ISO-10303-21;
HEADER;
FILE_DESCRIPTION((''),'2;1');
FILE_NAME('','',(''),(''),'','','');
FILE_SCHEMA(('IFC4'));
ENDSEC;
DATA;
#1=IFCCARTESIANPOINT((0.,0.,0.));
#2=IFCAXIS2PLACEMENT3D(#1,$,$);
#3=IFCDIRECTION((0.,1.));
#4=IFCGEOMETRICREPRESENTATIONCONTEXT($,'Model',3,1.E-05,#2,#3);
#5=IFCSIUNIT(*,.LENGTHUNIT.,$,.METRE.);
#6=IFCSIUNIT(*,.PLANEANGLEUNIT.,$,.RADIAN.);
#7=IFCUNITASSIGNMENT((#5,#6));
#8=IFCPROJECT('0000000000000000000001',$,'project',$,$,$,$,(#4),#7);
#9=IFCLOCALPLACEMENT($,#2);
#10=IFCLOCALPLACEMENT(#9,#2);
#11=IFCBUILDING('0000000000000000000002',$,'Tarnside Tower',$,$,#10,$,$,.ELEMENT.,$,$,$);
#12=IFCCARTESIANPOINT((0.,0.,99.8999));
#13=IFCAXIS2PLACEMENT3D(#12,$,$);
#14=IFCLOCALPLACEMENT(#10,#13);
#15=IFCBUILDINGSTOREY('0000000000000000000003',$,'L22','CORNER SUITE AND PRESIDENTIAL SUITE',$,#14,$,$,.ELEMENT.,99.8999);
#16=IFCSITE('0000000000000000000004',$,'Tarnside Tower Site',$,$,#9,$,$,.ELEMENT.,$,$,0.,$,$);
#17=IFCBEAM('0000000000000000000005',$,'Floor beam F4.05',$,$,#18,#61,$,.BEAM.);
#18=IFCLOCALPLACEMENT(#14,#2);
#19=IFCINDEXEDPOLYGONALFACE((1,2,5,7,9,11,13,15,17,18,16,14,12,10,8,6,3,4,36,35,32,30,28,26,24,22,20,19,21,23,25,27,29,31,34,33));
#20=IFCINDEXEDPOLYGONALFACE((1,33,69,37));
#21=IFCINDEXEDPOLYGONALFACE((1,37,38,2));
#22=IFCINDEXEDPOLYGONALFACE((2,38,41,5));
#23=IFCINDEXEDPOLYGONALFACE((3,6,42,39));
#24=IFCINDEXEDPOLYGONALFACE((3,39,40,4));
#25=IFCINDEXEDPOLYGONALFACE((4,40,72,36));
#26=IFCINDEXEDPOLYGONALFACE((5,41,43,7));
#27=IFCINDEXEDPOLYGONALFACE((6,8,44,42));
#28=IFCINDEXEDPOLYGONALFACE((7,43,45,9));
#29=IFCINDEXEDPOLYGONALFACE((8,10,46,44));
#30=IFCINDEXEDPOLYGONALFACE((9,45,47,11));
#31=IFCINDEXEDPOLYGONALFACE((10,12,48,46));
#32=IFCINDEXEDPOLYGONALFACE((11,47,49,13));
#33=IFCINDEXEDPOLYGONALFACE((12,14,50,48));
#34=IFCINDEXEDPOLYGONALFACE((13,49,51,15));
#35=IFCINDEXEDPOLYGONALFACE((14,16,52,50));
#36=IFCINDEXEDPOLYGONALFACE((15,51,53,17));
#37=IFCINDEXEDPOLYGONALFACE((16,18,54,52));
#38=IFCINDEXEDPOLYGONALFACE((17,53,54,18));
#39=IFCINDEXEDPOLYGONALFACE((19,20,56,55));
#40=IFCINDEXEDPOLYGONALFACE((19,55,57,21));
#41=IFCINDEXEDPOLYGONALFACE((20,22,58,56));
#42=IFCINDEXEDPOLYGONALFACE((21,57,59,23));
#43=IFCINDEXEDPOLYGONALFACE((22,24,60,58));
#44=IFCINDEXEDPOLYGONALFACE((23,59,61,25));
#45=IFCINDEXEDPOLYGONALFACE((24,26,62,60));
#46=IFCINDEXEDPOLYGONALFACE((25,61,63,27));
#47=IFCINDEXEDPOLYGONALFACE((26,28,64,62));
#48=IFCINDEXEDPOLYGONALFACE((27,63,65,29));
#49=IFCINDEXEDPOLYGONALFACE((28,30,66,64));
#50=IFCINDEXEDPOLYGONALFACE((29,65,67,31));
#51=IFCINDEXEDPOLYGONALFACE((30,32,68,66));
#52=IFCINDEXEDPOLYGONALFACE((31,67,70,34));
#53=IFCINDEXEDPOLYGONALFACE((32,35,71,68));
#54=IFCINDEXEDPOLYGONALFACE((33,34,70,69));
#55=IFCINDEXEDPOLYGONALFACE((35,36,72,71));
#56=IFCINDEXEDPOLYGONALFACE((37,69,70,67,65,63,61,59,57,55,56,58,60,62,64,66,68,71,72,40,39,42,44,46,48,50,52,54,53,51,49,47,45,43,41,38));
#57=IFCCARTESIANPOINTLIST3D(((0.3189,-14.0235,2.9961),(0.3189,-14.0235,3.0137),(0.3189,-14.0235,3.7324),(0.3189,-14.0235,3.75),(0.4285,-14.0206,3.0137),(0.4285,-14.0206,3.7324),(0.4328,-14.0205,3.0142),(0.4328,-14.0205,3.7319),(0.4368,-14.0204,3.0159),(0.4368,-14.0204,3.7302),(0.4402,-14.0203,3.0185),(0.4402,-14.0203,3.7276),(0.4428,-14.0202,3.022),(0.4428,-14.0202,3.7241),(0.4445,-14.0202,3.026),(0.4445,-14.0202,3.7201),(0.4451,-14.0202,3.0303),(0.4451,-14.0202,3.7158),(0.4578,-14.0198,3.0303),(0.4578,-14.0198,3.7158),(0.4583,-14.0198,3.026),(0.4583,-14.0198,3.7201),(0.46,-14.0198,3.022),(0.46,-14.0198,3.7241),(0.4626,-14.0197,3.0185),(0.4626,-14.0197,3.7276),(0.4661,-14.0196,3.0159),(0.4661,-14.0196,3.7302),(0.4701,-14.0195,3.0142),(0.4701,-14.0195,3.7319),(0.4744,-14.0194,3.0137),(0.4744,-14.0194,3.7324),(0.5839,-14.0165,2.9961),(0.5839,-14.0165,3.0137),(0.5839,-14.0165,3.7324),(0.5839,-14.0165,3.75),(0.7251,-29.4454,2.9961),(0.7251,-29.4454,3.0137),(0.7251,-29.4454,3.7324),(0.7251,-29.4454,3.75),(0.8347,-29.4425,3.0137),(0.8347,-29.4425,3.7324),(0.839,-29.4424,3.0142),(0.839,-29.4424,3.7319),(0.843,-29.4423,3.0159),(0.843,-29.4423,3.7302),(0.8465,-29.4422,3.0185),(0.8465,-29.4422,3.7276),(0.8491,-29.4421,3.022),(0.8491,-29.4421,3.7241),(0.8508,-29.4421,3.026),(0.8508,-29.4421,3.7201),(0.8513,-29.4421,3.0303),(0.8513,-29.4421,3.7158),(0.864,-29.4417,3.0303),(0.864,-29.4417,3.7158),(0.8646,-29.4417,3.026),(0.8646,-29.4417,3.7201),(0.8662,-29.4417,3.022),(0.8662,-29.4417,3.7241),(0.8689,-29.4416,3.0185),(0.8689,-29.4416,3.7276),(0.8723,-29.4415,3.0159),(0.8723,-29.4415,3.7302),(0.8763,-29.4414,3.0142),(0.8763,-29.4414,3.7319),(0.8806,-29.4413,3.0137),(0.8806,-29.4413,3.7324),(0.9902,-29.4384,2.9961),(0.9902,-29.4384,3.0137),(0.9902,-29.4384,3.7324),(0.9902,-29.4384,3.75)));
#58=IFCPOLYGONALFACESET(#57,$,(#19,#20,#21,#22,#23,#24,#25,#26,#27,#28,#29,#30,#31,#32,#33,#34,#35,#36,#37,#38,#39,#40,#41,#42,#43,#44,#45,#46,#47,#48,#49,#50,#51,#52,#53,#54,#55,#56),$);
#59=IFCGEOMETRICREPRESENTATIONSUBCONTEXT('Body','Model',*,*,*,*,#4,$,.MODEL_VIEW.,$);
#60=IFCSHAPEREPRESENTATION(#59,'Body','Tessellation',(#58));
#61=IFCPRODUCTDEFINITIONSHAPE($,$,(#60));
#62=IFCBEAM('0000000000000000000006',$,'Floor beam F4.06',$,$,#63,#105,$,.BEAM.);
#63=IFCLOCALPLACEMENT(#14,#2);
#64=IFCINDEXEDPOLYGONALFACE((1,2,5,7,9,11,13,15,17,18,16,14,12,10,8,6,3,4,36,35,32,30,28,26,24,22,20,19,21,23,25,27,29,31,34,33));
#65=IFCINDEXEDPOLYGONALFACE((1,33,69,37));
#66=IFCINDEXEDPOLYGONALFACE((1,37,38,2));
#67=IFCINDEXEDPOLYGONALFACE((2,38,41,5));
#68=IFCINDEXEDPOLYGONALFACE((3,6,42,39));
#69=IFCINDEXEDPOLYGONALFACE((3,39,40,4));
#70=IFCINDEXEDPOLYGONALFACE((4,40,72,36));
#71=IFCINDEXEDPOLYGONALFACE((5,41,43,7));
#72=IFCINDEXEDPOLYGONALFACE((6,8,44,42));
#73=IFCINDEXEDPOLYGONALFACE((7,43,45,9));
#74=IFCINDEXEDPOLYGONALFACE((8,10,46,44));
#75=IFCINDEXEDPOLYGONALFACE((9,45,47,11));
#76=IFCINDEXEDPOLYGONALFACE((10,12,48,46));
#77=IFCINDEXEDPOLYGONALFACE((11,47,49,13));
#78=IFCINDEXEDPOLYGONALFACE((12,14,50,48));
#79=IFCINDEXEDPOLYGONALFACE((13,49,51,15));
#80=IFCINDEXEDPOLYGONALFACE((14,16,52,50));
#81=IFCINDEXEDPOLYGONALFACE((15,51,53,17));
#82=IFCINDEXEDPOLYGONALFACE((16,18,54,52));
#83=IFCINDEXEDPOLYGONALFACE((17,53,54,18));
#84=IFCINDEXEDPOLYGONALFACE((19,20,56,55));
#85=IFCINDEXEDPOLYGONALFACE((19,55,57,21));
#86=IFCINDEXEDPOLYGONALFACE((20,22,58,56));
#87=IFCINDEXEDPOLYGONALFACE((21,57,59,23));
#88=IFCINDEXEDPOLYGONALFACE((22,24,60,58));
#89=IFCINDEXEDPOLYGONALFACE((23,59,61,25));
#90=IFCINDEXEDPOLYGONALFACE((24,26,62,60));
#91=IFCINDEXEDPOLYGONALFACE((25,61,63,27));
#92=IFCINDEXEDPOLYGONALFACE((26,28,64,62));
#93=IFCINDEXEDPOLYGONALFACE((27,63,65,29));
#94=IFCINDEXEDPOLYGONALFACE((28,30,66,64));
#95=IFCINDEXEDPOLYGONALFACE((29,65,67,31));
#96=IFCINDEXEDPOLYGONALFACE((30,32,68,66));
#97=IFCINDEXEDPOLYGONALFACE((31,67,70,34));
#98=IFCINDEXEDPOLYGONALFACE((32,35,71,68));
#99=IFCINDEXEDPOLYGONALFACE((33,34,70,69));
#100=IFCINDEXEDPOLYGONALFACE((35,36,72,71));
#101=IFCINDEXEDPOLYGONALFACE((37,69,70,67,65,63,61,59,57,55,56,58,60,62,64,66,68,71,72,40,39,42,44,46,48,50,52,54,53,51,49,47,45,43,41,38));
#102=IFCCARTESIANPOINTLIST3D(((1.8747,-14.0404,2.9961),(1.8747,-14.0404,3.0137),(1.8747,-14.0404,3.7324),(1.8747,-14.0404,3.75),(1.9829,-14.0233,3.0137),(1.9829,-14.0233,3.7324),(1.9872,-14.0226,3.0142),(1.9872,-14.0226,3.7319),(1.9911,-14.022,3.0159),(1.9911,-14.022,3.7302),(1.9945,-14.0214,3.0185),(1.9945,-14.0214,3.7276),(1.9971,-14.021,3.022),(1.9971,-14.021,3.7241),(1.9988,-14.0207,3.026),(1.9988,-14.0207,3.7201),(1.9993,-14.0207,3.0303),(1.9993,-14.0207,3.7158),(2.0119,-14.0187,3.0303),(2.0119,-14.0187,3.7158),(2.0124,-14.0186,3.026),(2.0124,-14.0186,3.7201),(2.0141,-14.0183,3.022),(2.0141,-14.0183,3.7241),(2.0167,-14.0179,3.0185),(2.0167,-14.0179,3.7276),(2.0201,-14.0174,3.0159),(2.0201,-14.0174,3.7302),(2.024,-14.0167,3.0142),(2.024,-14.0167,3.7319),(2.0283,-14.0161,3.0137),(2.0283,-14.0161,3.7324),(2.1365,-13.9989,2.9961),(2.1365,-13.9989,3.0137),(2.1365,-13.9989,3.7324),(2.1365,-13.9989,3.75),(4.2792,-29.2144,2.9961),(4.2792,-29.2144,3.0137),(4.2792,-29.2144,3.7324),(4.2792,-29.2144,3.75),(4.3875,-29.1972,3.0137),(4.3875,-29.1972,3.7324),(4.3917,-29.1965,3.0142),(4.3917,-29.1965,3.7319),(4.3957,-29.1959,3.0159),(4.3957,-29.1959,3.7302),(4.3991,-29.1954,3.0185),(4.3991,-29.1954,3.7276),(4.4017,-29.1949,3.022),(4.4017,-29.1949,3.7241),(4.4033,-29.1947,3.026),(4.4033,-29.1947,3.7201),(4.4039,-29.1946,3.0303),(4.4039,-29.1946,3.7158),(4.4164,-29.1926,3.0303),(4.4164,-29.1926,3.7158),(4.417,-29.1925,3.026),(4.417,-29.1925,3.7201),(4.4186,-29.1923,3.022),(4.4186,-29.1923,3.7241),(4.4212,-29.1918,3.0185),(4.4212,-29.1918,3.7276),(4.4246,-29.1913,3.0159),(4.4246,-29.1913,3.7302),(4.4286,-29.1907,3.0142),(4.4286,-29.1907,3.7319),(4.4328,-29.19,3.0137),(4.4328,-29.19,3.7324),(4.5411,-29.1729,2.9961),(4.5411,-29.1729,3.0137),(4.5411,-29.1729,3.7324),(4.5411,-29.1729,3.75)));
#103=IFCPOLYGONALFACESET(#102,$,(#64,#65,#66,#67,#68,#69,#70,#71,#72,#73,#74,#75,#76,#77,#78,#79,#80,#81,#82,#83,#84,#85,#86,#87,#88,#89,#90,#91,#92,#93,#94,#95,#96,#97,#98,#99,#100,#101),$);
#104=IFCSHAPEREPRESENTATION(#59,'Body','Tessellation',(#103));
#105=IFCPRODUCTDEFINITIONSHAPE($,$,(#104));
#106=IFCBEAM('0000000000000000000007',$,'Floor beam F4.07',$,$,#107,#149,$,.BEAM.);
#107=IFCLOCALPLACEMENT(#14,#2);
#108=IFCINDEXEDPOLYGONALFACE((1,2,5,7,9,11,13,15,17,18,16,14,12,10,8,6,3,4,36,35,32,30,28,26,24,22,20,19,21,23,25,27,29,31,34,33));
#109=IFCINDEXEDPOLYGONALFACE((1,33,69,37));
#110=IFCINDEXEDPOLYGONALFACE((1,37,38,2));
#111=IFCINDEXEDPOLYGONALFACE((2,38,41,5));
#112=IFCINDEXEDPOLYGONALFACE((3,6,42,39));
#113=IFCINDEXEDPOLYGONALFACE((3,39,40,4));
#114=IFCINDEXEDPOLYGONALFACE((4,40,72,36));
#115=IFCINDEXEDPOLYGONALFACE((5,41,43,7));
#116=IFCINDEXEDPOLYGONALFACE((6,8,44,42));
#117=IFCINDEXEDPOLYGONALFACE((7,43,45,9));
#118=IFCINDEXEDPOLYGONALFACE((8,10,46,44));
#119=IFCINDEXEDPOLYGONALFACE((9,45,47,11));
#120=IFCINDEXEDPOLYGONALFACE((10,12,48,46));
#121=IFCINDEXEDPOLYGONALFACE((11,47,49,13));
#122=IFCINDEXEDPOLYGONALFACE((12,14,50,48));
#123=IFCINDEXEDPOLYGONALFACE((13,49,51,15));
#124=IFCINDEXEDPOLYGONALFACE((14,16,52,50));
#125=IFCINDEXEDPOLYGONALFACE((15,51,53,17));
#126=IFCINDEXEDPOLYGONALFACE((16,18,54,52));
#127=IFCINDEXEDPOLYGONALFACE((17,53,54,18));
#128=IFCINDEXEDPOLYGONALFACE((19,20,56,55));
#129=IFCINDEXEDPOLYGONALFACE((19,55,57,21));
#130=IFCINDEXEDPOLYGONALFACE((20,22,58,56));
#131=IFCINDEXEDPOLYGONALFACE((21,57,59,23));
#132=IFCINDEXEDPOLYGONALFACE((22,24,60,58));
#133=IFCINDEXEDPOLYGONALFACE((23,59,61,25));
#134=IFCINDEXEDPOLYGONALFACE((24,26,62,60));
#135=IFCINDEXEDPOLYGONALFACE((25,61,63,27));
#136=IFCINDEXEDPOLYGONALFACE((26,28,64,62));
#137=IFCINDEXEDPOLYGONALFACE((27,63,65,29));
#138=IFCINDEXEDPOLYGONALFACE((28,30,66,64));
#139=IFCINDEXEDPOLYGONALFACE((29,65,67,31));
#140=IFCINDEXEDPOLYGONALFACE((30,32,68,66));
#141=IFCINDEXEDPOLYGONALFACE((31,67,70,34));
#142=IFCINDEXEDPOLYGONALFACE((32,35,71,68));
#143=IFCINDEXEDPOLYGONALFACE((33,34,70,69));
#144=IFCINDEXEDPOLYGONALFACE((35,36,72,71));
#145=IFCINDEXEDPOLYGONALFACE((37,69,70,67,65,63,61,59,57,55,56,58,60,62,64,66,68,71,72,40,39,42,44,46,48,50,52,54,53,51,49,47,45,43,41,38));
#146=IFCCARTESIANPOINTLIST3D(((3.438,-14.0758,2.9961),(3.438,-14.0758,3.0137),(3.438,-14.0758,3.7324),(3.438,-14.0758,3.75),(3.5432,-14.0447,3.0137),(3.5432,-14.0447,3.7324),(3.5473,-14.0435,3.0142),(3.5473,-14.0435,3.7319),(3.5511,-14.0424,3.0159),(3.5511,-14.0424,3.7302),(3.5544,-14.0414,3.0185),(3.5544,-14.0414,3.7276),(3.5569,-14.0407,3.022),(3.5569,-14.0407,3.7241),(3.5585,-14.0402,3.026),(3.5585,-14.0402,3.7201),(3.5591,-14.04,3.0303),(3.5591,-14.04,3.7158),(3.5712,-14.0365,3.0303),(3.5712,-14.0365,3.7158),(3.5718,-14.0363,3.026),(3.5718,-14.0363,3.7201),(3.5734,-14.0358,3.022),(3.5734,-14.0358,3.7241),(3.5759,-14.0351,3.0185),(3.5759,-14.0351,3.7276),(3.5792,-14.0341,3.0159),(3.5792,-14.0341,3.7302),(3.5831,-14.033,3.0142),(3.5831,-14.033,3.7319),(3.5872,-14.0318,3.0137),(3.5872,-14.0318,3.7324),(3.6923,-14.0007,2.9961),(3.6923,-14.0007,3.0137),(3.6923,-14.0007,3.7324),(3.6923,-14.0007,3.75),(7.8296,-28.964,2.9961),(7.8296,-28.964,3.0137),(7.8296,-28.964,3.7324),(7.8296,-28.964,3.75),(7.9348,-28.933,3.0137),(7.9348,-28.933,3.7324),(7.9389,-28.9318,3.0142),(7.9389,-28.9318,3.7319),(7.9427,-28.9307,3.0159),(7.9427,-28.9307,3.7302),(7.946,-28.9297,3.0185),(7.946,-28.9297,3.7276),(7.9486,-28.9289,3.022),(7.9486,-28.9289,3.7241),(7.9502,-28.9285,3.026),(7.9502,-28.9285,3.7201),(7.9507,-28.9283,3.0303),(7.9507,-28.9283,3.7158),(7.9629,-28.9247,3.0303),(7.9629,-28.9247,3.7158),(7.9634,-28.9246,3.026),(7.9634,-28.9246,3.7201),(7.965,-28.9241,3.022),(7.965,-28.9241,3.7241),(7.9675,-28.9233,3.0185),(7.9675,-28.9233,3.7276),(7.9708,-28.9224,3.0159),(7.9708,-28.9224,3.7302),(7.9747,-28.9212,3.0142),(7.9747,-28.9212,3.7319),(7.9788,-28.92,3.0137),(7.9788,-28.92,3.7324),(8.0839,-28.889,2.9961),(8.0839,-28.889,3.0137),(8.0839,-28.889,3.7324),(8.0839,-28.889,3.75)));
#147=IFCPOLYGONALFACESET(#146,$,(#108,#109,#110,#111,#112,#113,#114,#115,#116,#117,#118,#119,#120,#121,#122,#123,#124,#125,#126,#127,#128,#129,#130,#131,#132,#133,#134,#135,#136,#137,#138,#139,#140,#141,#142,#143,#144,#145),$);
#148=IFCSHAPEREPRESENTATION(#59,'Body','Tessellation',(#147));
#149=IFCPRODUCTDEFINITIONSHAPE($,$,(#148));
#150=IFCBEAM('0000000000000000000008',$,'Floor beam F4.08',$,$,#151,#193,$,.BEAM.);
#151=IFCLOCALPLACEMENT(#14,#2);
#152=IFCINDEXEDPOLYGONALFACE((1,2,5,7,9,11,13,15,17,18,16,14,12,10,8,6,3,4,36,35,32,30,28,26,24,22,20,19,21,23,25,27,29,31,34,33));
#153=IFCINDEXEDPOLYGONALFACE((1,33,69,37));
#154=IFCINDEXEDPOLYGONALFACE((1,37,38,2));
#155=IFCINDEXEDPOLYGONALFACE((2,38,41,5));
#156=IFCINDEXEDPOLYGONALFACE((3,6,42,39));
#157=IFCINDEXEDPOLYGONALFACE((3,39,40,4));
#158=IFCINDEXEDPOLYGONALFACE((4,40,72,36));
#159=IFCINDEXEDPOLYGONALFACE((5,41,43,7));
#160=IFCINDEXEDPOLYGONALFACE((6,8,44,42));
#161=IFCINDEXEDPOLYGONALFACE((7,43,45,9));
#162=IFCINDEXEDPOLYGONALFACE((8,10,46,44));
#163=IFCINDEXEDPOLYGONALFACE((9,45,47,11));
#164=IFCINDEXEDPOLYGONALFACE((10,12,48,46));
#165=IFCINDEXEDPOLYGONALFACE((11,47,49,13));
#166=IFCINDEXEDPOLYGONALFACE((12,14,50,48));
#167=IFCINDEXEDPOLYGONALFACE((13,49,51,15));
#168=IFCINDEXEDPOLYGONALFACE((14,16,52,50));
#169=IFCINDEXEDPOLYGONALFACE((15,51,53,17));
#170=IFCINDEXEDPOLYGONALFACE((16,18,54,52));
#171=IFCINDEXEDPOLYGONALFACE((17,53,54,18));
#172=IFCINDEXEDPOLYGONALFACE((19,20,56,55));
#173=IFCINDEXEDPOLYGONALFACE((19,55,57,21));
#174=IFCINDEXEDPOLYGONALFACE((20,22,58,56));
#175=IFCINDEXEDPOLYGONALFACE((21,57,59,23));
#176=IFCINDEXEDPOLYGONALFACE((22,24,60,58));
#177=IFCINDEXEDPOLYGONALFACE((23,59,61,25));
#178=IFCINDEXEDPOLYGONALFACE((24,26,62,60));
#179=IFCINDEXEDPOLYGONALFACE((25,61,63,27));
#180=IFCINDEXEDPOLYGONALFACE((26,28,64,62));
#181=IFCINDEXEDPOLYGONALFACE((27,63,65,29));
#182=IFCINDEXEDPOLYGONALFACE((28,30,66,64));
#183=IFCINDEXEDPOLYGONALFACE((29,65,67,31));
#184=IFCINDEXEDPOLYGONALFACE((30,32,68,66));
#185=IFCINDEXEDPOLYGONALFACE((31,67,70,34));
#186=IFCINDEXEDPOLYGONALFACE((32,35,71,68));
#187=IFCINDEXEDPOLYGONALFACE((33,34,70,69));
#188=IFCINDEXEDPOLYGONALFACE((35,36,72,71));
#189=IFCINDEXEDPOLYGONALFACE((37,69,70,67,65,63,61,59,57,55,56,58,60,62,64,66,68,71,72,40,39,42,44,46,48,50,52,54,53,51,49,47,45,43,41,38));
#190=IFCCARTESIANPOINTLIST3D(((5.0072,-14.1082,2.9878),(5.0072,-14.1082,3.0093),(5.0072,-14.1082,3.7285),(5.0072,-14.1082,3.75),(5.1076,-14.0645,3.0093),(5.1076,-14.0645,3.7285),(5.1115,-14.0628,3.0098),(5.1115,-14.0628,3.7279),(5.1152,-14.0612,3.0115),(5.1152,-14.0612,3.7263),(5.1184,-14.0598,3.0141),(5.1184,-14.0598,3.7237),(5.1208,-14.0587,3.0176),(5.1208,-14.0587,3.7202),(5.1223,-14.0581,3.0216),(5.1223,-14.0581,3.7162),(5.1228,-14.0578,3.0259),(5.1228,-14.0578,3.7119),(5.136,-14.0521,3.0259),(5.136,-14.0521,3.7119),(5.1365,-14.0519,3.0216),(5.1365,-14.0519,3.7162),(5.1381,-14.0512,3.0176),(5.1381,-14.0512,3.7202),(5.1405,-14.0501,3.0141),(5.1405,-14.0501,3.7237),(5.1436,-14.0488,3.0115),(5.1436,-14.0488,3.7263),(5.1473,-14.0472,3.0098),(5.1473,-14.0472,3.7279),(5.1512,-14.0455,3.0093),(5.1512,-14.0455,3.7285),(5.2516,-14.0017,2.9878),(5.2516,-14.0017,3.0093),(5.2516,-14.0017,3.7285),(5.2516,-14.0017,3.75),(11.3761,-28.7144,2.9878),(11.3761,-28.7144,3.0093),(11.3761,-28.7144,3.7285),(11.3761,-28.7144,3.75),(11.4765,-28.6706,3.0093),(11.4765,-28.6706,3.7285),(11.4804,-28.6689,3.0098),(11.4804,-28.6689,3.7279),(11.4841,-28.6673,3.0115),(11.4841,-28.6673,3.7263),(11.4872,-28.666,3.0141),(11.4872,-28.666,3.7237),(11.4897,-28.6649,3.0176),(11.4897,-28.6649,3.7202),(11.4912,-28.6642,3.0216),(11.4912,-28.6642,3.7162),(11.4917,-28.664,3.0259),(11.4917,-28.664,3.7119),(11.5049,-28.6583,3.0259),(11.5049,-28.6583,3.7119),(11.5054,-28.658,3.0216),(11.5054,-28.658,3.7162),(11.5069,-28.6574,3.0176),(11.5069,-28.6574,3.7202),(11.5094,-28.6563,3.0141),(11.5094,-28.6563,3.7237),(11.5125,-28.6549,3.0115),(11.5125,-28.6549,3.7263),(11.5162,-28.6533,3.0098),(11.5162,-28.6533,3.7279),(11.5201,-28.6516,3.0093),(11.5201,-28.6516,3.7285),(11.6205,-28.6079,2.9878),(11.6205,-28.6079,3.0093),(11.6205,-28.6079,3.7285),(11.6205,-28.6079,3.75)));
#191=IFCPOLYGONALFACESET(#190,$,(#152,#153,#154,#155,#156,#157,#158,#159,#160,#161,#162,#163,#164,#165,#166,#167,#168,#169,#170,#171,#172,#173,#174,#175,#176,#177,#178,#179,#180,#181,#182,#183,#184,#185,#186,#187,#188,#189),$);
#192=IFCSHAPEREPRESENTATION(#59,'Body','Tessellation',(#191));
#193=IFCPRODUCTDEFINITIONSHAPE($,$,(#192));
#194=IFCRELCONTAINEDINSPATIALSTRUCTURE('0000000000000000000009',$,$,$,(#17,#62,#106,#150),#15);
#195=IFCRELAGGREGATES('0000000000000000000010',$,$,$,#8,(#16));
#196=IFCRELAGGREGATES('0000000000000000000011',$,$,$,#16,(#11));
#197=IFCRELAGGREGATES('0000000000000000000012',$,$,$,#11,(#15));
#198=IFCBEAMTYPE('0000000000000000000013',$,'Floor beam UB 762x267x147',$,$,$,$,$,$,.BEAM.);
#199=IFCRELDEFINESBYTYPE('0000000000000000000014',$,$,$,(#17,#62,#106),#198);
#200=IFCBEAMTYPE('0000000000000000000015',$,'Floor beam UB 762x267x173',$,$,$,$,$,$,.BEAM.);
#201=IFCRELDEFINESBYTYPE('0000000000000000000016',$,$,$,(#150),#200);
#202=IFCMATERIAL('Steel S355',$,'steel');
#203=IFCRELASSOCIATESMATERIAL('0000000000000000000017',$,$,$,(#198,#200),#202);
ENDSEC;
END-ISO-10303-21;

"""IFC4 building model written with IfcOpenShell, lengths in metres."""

from ifc_helpers import new_model, si_unit, direction, frame, origin, origin_2d, place, context, subcontext, project, spatial, i_section, extrude, material, material_profile, profile_set, type_object, element, save


model = new_model("IFC4")

# Units and contexts
model_context = context("Model", 3, precision=1e-05, world=origin(), true_north=direction((0.0, 1.0)))
body_context = subcontext(model_context, "Body", "Model", "MODEL_VIEW")
ifc_project = project(units=[si_unit("LENGTHUNIT", "METRE"), si_unit("PLANEANGLEUNIT", "RADIAN")], contexts=[model_context])

# Site, building, storey
site_placement = place(None, origin())
site = spatial("IfcSite", under=ifc_project, at=site_placement, Name="Tarnside Tower Site", CompositionType="ELEMENT", RefElevation=0.0)
building_placement = place(site_placement, origin())
building = spatial("IfcBuilding", under=site, at=building_placement, Name="Tarnside Tower", CompositionType="ELEMENT")
storey_placement = place(building_placement, frame((0.0, 0.0, 99.8999)))
storey = spatial("IfcBuildingStorey", under=building, at=storey_placement, Name="L22", Description="CORNER SUITE AND PRESIDENTIAL SUITE", CompositionType="ELEMENT", Elevation=99.8999)

# Beams
ifc_material_1 = material(Name="Steel S355", Category="steel")
ifc_material_profile_1 = material_profile(ifc_material_1, i_section(OverallWidth=0.2651, OverallDepth=0.7539, WebThickness=0.0127, FlangeThickness=0.0176, FilletRadius=0.0166, at=origin_2d()), Name="UB 762x267x147")
ifc_profile_set_1 = profile_set([ifc_material_profile_1], Name="Steel S355")
beam_type_1 = type_object("IfcBeamType", Name="Floor beam UB 762x267x147", PredefinedType="BEAM", material=ifc_profile_set_1)
beam_1_placement = place(storey_placement, frame((0.8577, -29.4419, 3.373), z_axis=(-0.026333, 0.999653, 0.0), x_axis=(-0.999653, -0.026333, 0.0)))
element("IfcBeam", 1, at=beam_1_placement, inside=storey, type_object=beam_type_1, Name="Floor beam F4.05", PredefinedType="BEAM", context=body_context, shape_type="SweptSolid", body=[
    extrude(i_section(OverallWidth=0.2651, OverallDepth=0.7539, WebThickness=0.0127, FlangeThickness=0.0176, FilletRadius=0.0166, at=origin_2d()), origin(), (0.0, 0.0, 1.0), 15.4272),
])
beam_2_placement = place(storey_placement, frame((4.4102, -29.1936, 3.373), z_axis=(-0.156513, 0.987676, 0.0), x_axis=(-0.987676, -0.156513, 0.0)))
element("IfcBeam", 2, at=beam_2_placement, inside=storey, type_object=beam_type_1, Name="Floor beam F4.06", PredefinedType="BEAM", context=body_context, shape_type="SweptSolid", body=[
    extrude(i_section(OverallWidth=0.2651, OverallDepth=0.7539, WebThickness=0.0127, FlangeThickness=0.0176, FilletRadius=0.0166, at=origin_2d()), origin(), (0.0, 0.0, 1.0), 15.3633),
])
beam_3_placement = place(storey_placement, frame((7.9568, -28.9265, 3.373), z_axis=(-0.282921, 0.959143, 0.0), x_axis=(-0.959143, -0.282921, 0.0)))
element("IfcBeam", 3, at=beam_3_placement, inside=storey, type_object=beam_type_1, Name="Floor beam F4.07", PredefinedType="BEAM", context=body_context, shape_type="SweptSolid", body=[
    extrude(i_section(OverallWidth=0.2651, OverallDepth=0.7539, WebThickness=0.0127, FlangeThickness=0.0176, FilletRadius=0.0166, at=origin_2d()), origin(), (0.0, 0.0, 1.0), 15.5225),
])
ifc_material_profile_2 = material_profile(ifc_material_1, i_section(OverallWidth=0.2666, OverallDepth=0.7622, WebThickness=0.0144, FlangeThickness=0.0215, FilletRadius=0.0166, at=origin_2d()), Name="UB 762x267x173")
ifc_profile_set_2 = profile_set([ifc_material_profile_2], Name="Steel S355")
beam_type_2 = type_object("IfcBeamType", Name="Floor beam UB 762x267x173", PredefinedType="BEAM", material=ifc_profile_set_2)
beam_4_placement = place(storey_placement, frame((11.4983, -28.6611, 3.3689), z_axis=(-0.399696, 0.916648, 0.0), x_axis=(-0.916648, -0.399696, 0.0)))
element("IfcBeam", 4, at=beam_4_placement, inside=storey, type_object=beam_type_2, Name="Floor beam F4.08", PredefinedType="BEAM", context=body_context, shape_type="SweptSolid", body=[
    extrude(i_section(OverallWidth=0.2666, OverallDepth=0.7622, WebThickness=0.0144, FlangeThickness=0.0215, FilletRadius=0.0166, at=origin_2d()), origin(), (0.0, 0.0, 1.0), 15.9343),
])

save(model, "model.ifc")
